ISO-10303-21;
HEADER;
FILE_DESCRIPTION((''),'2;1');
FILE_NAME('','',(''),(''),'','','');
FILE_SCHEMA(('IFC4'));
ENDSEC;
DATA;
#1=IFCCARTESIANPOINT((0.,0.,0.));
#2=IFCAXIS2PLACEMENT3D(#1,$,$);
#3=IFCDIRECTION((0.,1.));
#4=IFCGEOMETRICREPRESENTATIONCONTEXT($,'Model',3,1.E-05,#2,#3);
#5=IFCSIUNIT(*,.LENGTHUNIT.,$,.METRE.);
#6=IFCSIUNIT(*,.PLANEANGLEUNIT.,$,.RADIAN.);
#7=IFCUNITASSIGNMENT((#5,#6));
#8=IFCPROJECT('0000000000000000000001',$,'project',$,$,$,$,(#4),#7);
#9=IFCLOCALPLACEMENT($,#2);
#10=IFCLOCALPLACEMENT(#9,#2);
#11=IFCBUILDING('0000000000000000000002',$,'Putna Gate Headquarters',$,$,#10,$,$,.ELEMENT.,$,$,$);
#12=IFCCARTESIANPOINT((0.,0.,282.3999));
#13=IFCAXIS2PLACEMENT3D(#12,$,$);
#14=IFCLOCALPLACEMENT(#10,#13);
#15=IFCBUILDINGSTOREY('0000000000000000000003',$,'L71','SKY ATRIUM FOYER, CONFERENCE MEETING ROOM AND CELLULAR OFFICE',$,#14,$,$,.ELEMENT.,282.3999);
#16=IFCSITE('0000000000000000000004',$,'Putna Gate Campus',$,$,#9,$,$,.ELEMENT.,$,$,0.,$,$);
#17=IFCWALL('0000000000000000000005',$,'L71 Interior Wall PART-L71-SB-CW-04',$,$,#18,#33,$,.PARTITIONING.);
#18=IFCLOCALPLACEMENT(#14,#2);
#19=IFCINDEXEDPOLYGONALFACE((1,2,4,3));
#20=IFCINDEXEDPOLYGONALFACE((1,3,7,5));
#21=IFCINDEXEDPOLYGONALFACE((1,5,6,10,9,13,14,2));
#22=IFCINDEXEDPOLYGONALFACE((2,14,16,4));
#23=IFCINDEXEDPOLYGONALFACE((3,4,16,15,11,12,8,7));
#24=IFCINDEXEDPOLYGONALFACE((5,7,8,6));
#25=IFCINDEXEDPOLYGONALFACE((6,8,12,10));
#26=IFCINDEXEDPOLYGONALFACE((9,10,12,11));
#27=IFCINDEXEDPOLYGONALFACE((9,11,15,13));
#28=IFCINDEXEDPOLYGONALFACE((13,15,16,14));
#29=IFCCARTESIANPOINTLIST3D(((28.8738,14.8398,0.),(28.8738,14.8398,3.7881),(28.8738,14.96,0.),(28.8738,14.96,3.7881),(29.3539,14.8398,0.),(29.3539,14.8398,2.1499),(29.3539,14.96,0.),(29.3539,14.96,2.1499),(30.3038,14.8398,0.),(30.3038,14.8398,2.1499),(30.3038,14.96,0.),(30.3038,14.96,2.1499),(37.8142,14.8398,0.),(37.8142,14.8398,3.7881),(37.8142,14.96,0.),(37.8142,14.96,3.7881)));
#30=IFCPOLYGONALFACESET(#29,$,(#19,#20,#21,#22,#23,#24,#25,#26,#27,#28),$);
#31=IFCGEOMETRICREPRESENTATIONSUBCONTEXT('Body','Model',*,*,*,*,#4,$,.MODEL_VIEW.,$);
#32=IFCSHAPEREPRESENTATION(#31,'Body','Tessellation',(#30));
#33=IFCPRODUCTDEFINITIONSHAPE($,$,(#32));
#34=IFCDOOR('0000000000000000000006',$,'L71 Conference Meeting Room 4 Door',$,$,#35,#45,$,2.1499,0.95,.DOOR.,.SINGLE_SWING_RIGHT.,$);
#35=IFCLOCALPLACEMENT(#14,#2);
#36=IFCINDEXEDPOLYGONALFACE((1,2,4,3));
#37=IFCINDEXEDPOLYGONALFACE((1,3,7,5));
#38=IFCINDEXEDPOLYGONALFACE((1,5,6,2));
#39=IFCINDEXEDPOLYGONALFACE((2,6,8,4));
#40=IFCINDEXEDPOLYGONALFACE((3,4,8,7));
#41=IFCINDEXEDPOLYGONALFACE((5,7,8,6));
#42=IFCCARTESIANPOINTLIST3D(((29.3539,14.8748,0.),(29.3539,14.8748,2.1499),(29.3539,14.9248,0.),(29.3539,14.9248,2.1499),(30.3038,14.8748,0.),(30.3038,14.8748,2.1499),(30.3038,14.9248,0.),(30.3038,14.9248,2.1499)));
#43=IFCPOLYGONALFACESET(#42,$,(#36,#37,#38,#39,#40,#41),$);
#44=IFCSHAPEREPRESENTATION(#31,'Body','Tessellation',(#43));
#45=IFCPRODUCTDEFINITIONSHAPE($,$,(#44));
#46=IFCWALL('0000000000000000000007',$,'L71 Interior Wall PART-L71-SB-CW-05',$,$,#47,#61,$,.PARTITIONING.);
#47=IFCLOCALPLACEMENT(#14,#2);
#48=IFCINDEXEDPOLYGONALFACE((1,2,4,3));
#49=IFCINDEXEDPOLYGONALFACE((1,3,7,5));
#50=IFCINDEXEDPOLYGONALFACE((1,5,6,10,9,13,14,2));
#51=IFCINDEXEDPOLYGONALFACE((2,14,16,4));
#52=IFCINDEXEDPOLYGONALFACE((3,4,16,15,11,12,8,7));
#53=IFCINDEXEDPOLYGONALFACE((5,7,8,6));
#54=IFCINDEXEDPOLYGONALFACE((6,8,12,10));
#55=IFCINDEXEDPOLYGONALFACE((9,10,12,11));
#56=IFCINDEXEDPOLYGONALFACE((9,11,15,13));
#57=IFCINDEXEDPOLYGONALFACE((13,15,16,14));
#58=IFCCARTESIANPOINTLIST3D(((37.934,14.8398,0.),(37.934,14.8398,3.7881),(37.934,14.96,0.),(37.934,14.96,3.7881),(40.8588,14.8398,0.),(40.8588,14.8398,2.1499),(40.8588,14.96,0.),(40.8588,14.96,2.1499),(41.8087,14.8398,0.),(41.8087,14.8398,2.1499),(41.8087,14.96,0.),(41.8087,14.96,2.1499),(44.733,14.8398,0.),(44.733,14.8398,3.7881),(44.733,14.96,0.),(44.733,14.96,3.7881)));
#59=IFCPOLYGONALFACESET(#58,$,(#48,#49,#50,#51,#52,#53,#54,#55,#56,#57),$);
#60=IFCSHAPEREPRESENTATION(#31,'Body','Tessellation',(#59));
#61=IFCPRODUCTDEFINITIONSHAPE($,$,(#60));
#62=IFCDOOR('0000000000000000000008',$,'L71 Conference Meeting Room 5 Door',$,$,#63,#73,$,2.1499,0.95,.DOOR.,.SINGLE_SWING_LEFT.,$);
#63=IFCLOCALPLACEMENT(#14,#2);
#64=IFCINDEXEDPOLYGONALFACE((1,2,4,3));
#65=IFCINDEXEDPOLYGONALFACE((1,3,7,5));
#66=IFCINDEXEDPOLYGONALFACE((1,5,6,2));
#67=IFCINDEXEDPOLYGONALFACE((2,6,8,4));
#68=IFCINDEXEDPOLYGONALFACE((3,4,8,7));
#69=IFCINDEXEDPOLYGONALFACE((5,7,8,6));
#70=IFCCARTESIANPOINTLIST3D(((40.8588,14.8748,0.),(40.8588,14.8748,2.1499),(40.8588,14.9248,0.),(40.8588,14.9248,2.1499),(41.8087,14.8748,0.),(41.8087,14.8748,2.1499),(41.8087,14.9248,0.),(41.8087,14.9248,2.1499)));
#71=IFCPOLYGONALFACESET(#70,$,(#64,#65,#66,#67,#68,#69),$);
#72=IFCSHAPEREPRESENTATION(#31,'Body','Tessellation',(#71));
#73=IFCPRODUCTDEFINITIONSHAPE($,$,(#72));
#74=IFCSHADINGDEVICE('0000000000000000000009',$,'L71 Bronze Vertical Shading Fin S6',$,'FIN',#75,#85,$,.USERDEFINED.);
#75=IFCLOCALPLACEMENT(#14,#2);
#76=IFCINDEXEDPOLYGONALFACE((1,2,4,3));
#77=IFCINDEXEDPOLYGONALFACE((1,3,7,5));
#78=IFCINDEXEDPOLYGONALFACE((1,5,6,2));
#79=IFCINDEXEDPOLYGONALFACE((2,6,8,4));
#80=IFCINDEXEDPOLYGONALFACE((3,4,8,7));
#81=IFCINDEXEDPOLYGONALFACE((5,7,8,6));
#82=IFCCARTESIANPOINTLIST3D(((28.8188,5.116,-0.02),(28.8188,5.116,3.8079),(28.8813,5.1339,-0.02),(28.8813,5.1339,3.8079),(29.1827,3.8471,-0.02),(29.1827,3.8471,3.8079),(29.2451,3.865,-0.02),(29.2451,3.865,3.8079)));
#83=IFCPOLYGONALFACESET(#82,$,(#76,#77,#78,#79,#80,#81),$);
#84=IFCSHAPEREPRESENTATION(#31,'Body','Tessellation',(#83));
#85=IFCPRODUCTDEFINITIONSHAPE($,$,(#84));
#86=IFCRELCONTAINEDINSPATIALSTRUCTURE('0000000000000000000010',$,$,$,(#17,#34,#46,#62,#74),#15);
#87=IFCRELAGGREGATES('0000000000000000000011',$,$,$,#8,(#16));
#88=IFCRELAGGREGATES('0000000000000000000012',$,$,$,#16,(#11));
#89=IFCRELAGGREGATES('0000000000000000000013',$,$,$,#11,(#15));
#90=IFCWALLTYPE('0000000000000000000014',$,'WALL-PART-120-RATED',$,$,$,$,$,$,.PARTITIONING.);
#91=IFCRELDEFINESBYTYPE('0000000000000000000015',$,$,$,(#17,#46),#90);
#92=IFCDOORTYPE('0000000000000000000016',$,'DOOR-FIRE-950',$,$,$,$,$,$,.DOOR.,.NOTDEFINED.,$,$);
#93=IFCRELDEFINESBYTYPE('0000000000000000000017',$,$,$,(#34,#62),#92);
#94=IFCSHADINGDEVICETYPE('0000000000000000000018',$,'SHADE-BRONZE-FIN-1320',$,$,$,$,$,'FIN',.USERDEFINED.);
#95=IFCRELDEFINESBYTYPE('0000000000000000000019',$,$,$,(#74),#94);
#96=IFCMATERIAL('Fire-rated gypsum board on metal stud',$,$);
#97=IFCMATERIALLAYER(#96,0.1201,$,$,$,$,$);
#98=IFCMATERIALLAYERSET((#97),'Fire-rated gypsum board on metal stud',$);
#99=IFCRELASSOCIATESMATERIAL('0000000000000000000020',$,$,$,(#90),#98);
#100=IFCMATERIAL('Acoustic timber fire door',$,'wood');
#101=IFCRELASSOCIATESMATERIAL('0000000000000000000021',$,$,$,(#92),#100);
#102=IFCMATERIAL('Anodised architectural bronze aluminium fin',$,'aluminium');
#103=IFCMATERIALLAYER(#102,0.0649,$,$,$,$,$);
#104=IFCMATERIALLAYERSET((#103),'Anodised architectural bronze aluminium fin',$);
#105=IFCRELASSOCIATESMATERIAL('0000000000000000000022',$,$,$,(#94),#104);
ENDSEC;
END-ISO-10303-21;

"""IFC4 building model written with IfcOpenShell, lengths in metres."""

from ifc_helpers import new_model, si_unit, direction, frame, frame_2d, origin, origin_2d, place, context, subcontext, project, spatial, rectangle, extrude, material, layer, layer_set, type_object, element, fill, save


model = new_model("IFC4")

# Units and contexts
model_context = context("Model", 3, precision=1e-05, world=origin(), true_north=direction((0.0, 1.0)))
body_context = subcontext(model_context, "Body", "Model", "MODEL_VIEW")
ifc_project = project(units=[si_unit("LENGTHUNIT", "METRE"), si_unit("PLANEANGLEUNIT", "RADIAN")], contexts=[model_context])

# Site, building, storey
site_placement = place(None, origin())
site = spatial("IfcSite", under=ifc_project, at=site_placement, Name="Putna Gate Campus", CompositionType="ELEMENT", RefElevation=0.0)
building_placement = place(site_placement, origin())
building = spatial("IfcBuilding", under=site, at=building_placement, Name="Putna Gate Headquarters", CompositionType="ELEMENT")
storey_placement = place(building_placement, frame((0.0, 0.0, 282.3999)))
storey = spatial("IfcBuildingStorey", under=building, at=storey_placement, Name="L71", Description="SKY ATRIUM FOYER, CONFERENCE MEETING ROOM AND CELLULAR OFFICE", CompositionType="ELEMENT", Elevation=282.3999)

# Walls, openings, doors
ifc_material_1 = material(Name="Fire-rated gypsum board on metal stud")
ifc_layer_1 = layer(ifc_material_1, 0.1201)
ifc_layer_set_1 = layer_set([ifc_layer_1], Name="Fire-rated gypsum board on metal stud")
wall_type_1 = type_object("IfcWallType", Name="WALL-PART-120-RATED", PredefinedType="PARTITIONING", material=ifc_layer_set_1)
wall_1_placement = place(storey_placement, frame((28.8738, 14.8999, 0.0), z_axis=(0.0, 0.0, 1.0), x_axis=(1.0, 0.0, 0.0)))
wall_1 = element("IfcWall", 1, at=wall_1_placement, inside=storey, type_object=wall_type_1, Name="L71 Interior Wall PART-L71-SB-CW-04", PredefinedType="PARTITIONING", context=body_context, shape_type="SweptSolid", body=[
    extrude(rectangle(XDim=8.9404, YDim=0.1201, at=frame_2d((4.4702, 0.0))), origin(), (0.0, 0.0, 1.0), 3.7881),
])
opening_1_placement = place(wall_1_placement, frame((0.48, 0.0, 0.0)))
opening_1 = element("IfcOpeningElement", 2, at=opening_1_placement, cuts=wall_1, PredefinedType="OPENING", context=body_context, shape_type="SweptSolid", body=[
    extrude(rectangle(XDim=0.95, YDim=2.1499, at=frame_2d((0.4751, 1.075))), frame((0.0, 0.0701, 0.0), z_axis=(0.0, -1.0, 0.0), x_axis=(1.0, 0.0, 0.0)), (0.0, 0.0, 1.0), 0.1401),
])
ifc_material_2 = material(Name="Acoustic timber fire door", Category="wood")
door_type = type_object("IfcDoorType", Name="DOOR-FIRE-950", OperationType="NOTDEFINED", PredefinedType="DOOR", material=ifc_material_2)
door_1_placement = place(opening_1_placement, origin())
door_1 = element("IfcDoor", 3, at=door_1_placement, inside=storey, type_object=door_type, Name="L71 Conference Meeting Room 4 Door", OperationType="SINGLE_SWING_RIGHT", OverallHeight=2.1499, OverallWidth=0.95, PredefinedType="DOOR", context=body_context, shape_type="SweptSolid", body=[
    extrude(rectangle(XDim=0.95, YDim=2.1499, at=frame_2d((0.4751, 1.075))), frame((0.0, 0.0249, 0.0), z_axis=(0.0, -1.0, 0.0), x_axis=(1.0, 0.0, 0.0)), (0.0, 0.0, 1.0), 0.05),
])
fill(opening_1, door_1)
wall_2_placement = place(storey_placement, frame((37.9341, 14.8999, 0.0), z_axis=(0.0, 0.0, 1.0), x_axis=(1.0, 0.0, 0.0)))
wall_2 = element("IfcWall", 4, at=wall_2_placement, inside=storey, type_object=wall_type_1, Name="L71 Interior Wall PART-L71-SB-CW-05", PredefinedType="PARTITIONING", context=body_context, shape_type="SweptSolid", body=[
    extrude(rectangle(XDim=6.7991, YDim=0.1201, at=frame_2d((3.3994, 0.0))), origin(), (0.0, 0.0, 1.0), 3.7881),
])
opening_2_placement = place(wall_2_placement, frame((2.9246, 0.0, 0.0)))
opening_2 = element("IfcOpeningElement", 5, at=opening_2_placement, cuts=wall_2, PredefinedType="OPENING", context=body_context, shape_type="SweptSolid", body=[
    extrude(rectangle(XDim=0.95, YDim=2.1499, at=frame_2d((0.4751, 1.075))), frame((0.0, 0.0701, 0.0), z_axis=(0.0, -1.0, 0.0), x_axis=(1.0, 0.0, 0.0)), (0.0, 0.0, 1.0), 0.1401),
])
door_2_placement = place(opening_2_placement, origin())
door_2 = element("IfcDoor", 6, at=door_2_placement, inside=storey, type_object=door_type, Name="L71 Conference Meeting Room 5 Door", OperationType="SINGLE_SWING_LEFT", OverallHeight=2.1499, OverallWidth=0.95, PredefinedType="DOOR", context=body_context, shape_type="SweptSolid", body=[
    extrude(rectangle(XDim=0.95, YDim=2.1499, at=frame_2d((0.4751, 1.075))), frame((0.0, 0.0249, 0.0), z_axis=(0.0, -1.0, 0.0), x_axis=(1.0, 0.0, 0.0)), (0.0, 0.0, 1.0), 0.05),
])
fill(opening_2, door_2)

# Shading device
ifc_material_3 = material(Name="Anodised architectural bronze aluminium fin", Category="aluminium")
ifc_layer_2 = layer(ifc_material_3, 0.0649)
ifc_layer_set_2 = layer_set([ifc_layer_2], Name="Anodised architectural bronze aluminium fin")
shading_device_type = type_object("IfcShadingDeviceType", Name="SHADE-BRONZE-FIN-1320", ElementType="FIN", PredefinedType="USERDEFINED", material=ifc_layer_set_2)
shading_device_placement = place(storey_placement, frame((29.032, 4.4905, -0.02), z_axis=(0.0, 0.0, 1.0), x_axis=(0.275637, -0.961262, 0.0)))
element("IfcShadingDevice", 7, at=shading_device_placement, inside=storey, type_object=shading_device_type, Name="L71 Bronze Vertical Shading Fin S6", ObjectType="FIN", PredefinedType="USERDEFINED", context=body_context, shape_type="SweptSolid", body=[
    extrude(rectangle(XDim=1.3201, YDim=0.0649, at=origin_2d()), origin(), (0.0, 0.0, 1.0), 3.8279),
])

save(model, "model.ifc")
